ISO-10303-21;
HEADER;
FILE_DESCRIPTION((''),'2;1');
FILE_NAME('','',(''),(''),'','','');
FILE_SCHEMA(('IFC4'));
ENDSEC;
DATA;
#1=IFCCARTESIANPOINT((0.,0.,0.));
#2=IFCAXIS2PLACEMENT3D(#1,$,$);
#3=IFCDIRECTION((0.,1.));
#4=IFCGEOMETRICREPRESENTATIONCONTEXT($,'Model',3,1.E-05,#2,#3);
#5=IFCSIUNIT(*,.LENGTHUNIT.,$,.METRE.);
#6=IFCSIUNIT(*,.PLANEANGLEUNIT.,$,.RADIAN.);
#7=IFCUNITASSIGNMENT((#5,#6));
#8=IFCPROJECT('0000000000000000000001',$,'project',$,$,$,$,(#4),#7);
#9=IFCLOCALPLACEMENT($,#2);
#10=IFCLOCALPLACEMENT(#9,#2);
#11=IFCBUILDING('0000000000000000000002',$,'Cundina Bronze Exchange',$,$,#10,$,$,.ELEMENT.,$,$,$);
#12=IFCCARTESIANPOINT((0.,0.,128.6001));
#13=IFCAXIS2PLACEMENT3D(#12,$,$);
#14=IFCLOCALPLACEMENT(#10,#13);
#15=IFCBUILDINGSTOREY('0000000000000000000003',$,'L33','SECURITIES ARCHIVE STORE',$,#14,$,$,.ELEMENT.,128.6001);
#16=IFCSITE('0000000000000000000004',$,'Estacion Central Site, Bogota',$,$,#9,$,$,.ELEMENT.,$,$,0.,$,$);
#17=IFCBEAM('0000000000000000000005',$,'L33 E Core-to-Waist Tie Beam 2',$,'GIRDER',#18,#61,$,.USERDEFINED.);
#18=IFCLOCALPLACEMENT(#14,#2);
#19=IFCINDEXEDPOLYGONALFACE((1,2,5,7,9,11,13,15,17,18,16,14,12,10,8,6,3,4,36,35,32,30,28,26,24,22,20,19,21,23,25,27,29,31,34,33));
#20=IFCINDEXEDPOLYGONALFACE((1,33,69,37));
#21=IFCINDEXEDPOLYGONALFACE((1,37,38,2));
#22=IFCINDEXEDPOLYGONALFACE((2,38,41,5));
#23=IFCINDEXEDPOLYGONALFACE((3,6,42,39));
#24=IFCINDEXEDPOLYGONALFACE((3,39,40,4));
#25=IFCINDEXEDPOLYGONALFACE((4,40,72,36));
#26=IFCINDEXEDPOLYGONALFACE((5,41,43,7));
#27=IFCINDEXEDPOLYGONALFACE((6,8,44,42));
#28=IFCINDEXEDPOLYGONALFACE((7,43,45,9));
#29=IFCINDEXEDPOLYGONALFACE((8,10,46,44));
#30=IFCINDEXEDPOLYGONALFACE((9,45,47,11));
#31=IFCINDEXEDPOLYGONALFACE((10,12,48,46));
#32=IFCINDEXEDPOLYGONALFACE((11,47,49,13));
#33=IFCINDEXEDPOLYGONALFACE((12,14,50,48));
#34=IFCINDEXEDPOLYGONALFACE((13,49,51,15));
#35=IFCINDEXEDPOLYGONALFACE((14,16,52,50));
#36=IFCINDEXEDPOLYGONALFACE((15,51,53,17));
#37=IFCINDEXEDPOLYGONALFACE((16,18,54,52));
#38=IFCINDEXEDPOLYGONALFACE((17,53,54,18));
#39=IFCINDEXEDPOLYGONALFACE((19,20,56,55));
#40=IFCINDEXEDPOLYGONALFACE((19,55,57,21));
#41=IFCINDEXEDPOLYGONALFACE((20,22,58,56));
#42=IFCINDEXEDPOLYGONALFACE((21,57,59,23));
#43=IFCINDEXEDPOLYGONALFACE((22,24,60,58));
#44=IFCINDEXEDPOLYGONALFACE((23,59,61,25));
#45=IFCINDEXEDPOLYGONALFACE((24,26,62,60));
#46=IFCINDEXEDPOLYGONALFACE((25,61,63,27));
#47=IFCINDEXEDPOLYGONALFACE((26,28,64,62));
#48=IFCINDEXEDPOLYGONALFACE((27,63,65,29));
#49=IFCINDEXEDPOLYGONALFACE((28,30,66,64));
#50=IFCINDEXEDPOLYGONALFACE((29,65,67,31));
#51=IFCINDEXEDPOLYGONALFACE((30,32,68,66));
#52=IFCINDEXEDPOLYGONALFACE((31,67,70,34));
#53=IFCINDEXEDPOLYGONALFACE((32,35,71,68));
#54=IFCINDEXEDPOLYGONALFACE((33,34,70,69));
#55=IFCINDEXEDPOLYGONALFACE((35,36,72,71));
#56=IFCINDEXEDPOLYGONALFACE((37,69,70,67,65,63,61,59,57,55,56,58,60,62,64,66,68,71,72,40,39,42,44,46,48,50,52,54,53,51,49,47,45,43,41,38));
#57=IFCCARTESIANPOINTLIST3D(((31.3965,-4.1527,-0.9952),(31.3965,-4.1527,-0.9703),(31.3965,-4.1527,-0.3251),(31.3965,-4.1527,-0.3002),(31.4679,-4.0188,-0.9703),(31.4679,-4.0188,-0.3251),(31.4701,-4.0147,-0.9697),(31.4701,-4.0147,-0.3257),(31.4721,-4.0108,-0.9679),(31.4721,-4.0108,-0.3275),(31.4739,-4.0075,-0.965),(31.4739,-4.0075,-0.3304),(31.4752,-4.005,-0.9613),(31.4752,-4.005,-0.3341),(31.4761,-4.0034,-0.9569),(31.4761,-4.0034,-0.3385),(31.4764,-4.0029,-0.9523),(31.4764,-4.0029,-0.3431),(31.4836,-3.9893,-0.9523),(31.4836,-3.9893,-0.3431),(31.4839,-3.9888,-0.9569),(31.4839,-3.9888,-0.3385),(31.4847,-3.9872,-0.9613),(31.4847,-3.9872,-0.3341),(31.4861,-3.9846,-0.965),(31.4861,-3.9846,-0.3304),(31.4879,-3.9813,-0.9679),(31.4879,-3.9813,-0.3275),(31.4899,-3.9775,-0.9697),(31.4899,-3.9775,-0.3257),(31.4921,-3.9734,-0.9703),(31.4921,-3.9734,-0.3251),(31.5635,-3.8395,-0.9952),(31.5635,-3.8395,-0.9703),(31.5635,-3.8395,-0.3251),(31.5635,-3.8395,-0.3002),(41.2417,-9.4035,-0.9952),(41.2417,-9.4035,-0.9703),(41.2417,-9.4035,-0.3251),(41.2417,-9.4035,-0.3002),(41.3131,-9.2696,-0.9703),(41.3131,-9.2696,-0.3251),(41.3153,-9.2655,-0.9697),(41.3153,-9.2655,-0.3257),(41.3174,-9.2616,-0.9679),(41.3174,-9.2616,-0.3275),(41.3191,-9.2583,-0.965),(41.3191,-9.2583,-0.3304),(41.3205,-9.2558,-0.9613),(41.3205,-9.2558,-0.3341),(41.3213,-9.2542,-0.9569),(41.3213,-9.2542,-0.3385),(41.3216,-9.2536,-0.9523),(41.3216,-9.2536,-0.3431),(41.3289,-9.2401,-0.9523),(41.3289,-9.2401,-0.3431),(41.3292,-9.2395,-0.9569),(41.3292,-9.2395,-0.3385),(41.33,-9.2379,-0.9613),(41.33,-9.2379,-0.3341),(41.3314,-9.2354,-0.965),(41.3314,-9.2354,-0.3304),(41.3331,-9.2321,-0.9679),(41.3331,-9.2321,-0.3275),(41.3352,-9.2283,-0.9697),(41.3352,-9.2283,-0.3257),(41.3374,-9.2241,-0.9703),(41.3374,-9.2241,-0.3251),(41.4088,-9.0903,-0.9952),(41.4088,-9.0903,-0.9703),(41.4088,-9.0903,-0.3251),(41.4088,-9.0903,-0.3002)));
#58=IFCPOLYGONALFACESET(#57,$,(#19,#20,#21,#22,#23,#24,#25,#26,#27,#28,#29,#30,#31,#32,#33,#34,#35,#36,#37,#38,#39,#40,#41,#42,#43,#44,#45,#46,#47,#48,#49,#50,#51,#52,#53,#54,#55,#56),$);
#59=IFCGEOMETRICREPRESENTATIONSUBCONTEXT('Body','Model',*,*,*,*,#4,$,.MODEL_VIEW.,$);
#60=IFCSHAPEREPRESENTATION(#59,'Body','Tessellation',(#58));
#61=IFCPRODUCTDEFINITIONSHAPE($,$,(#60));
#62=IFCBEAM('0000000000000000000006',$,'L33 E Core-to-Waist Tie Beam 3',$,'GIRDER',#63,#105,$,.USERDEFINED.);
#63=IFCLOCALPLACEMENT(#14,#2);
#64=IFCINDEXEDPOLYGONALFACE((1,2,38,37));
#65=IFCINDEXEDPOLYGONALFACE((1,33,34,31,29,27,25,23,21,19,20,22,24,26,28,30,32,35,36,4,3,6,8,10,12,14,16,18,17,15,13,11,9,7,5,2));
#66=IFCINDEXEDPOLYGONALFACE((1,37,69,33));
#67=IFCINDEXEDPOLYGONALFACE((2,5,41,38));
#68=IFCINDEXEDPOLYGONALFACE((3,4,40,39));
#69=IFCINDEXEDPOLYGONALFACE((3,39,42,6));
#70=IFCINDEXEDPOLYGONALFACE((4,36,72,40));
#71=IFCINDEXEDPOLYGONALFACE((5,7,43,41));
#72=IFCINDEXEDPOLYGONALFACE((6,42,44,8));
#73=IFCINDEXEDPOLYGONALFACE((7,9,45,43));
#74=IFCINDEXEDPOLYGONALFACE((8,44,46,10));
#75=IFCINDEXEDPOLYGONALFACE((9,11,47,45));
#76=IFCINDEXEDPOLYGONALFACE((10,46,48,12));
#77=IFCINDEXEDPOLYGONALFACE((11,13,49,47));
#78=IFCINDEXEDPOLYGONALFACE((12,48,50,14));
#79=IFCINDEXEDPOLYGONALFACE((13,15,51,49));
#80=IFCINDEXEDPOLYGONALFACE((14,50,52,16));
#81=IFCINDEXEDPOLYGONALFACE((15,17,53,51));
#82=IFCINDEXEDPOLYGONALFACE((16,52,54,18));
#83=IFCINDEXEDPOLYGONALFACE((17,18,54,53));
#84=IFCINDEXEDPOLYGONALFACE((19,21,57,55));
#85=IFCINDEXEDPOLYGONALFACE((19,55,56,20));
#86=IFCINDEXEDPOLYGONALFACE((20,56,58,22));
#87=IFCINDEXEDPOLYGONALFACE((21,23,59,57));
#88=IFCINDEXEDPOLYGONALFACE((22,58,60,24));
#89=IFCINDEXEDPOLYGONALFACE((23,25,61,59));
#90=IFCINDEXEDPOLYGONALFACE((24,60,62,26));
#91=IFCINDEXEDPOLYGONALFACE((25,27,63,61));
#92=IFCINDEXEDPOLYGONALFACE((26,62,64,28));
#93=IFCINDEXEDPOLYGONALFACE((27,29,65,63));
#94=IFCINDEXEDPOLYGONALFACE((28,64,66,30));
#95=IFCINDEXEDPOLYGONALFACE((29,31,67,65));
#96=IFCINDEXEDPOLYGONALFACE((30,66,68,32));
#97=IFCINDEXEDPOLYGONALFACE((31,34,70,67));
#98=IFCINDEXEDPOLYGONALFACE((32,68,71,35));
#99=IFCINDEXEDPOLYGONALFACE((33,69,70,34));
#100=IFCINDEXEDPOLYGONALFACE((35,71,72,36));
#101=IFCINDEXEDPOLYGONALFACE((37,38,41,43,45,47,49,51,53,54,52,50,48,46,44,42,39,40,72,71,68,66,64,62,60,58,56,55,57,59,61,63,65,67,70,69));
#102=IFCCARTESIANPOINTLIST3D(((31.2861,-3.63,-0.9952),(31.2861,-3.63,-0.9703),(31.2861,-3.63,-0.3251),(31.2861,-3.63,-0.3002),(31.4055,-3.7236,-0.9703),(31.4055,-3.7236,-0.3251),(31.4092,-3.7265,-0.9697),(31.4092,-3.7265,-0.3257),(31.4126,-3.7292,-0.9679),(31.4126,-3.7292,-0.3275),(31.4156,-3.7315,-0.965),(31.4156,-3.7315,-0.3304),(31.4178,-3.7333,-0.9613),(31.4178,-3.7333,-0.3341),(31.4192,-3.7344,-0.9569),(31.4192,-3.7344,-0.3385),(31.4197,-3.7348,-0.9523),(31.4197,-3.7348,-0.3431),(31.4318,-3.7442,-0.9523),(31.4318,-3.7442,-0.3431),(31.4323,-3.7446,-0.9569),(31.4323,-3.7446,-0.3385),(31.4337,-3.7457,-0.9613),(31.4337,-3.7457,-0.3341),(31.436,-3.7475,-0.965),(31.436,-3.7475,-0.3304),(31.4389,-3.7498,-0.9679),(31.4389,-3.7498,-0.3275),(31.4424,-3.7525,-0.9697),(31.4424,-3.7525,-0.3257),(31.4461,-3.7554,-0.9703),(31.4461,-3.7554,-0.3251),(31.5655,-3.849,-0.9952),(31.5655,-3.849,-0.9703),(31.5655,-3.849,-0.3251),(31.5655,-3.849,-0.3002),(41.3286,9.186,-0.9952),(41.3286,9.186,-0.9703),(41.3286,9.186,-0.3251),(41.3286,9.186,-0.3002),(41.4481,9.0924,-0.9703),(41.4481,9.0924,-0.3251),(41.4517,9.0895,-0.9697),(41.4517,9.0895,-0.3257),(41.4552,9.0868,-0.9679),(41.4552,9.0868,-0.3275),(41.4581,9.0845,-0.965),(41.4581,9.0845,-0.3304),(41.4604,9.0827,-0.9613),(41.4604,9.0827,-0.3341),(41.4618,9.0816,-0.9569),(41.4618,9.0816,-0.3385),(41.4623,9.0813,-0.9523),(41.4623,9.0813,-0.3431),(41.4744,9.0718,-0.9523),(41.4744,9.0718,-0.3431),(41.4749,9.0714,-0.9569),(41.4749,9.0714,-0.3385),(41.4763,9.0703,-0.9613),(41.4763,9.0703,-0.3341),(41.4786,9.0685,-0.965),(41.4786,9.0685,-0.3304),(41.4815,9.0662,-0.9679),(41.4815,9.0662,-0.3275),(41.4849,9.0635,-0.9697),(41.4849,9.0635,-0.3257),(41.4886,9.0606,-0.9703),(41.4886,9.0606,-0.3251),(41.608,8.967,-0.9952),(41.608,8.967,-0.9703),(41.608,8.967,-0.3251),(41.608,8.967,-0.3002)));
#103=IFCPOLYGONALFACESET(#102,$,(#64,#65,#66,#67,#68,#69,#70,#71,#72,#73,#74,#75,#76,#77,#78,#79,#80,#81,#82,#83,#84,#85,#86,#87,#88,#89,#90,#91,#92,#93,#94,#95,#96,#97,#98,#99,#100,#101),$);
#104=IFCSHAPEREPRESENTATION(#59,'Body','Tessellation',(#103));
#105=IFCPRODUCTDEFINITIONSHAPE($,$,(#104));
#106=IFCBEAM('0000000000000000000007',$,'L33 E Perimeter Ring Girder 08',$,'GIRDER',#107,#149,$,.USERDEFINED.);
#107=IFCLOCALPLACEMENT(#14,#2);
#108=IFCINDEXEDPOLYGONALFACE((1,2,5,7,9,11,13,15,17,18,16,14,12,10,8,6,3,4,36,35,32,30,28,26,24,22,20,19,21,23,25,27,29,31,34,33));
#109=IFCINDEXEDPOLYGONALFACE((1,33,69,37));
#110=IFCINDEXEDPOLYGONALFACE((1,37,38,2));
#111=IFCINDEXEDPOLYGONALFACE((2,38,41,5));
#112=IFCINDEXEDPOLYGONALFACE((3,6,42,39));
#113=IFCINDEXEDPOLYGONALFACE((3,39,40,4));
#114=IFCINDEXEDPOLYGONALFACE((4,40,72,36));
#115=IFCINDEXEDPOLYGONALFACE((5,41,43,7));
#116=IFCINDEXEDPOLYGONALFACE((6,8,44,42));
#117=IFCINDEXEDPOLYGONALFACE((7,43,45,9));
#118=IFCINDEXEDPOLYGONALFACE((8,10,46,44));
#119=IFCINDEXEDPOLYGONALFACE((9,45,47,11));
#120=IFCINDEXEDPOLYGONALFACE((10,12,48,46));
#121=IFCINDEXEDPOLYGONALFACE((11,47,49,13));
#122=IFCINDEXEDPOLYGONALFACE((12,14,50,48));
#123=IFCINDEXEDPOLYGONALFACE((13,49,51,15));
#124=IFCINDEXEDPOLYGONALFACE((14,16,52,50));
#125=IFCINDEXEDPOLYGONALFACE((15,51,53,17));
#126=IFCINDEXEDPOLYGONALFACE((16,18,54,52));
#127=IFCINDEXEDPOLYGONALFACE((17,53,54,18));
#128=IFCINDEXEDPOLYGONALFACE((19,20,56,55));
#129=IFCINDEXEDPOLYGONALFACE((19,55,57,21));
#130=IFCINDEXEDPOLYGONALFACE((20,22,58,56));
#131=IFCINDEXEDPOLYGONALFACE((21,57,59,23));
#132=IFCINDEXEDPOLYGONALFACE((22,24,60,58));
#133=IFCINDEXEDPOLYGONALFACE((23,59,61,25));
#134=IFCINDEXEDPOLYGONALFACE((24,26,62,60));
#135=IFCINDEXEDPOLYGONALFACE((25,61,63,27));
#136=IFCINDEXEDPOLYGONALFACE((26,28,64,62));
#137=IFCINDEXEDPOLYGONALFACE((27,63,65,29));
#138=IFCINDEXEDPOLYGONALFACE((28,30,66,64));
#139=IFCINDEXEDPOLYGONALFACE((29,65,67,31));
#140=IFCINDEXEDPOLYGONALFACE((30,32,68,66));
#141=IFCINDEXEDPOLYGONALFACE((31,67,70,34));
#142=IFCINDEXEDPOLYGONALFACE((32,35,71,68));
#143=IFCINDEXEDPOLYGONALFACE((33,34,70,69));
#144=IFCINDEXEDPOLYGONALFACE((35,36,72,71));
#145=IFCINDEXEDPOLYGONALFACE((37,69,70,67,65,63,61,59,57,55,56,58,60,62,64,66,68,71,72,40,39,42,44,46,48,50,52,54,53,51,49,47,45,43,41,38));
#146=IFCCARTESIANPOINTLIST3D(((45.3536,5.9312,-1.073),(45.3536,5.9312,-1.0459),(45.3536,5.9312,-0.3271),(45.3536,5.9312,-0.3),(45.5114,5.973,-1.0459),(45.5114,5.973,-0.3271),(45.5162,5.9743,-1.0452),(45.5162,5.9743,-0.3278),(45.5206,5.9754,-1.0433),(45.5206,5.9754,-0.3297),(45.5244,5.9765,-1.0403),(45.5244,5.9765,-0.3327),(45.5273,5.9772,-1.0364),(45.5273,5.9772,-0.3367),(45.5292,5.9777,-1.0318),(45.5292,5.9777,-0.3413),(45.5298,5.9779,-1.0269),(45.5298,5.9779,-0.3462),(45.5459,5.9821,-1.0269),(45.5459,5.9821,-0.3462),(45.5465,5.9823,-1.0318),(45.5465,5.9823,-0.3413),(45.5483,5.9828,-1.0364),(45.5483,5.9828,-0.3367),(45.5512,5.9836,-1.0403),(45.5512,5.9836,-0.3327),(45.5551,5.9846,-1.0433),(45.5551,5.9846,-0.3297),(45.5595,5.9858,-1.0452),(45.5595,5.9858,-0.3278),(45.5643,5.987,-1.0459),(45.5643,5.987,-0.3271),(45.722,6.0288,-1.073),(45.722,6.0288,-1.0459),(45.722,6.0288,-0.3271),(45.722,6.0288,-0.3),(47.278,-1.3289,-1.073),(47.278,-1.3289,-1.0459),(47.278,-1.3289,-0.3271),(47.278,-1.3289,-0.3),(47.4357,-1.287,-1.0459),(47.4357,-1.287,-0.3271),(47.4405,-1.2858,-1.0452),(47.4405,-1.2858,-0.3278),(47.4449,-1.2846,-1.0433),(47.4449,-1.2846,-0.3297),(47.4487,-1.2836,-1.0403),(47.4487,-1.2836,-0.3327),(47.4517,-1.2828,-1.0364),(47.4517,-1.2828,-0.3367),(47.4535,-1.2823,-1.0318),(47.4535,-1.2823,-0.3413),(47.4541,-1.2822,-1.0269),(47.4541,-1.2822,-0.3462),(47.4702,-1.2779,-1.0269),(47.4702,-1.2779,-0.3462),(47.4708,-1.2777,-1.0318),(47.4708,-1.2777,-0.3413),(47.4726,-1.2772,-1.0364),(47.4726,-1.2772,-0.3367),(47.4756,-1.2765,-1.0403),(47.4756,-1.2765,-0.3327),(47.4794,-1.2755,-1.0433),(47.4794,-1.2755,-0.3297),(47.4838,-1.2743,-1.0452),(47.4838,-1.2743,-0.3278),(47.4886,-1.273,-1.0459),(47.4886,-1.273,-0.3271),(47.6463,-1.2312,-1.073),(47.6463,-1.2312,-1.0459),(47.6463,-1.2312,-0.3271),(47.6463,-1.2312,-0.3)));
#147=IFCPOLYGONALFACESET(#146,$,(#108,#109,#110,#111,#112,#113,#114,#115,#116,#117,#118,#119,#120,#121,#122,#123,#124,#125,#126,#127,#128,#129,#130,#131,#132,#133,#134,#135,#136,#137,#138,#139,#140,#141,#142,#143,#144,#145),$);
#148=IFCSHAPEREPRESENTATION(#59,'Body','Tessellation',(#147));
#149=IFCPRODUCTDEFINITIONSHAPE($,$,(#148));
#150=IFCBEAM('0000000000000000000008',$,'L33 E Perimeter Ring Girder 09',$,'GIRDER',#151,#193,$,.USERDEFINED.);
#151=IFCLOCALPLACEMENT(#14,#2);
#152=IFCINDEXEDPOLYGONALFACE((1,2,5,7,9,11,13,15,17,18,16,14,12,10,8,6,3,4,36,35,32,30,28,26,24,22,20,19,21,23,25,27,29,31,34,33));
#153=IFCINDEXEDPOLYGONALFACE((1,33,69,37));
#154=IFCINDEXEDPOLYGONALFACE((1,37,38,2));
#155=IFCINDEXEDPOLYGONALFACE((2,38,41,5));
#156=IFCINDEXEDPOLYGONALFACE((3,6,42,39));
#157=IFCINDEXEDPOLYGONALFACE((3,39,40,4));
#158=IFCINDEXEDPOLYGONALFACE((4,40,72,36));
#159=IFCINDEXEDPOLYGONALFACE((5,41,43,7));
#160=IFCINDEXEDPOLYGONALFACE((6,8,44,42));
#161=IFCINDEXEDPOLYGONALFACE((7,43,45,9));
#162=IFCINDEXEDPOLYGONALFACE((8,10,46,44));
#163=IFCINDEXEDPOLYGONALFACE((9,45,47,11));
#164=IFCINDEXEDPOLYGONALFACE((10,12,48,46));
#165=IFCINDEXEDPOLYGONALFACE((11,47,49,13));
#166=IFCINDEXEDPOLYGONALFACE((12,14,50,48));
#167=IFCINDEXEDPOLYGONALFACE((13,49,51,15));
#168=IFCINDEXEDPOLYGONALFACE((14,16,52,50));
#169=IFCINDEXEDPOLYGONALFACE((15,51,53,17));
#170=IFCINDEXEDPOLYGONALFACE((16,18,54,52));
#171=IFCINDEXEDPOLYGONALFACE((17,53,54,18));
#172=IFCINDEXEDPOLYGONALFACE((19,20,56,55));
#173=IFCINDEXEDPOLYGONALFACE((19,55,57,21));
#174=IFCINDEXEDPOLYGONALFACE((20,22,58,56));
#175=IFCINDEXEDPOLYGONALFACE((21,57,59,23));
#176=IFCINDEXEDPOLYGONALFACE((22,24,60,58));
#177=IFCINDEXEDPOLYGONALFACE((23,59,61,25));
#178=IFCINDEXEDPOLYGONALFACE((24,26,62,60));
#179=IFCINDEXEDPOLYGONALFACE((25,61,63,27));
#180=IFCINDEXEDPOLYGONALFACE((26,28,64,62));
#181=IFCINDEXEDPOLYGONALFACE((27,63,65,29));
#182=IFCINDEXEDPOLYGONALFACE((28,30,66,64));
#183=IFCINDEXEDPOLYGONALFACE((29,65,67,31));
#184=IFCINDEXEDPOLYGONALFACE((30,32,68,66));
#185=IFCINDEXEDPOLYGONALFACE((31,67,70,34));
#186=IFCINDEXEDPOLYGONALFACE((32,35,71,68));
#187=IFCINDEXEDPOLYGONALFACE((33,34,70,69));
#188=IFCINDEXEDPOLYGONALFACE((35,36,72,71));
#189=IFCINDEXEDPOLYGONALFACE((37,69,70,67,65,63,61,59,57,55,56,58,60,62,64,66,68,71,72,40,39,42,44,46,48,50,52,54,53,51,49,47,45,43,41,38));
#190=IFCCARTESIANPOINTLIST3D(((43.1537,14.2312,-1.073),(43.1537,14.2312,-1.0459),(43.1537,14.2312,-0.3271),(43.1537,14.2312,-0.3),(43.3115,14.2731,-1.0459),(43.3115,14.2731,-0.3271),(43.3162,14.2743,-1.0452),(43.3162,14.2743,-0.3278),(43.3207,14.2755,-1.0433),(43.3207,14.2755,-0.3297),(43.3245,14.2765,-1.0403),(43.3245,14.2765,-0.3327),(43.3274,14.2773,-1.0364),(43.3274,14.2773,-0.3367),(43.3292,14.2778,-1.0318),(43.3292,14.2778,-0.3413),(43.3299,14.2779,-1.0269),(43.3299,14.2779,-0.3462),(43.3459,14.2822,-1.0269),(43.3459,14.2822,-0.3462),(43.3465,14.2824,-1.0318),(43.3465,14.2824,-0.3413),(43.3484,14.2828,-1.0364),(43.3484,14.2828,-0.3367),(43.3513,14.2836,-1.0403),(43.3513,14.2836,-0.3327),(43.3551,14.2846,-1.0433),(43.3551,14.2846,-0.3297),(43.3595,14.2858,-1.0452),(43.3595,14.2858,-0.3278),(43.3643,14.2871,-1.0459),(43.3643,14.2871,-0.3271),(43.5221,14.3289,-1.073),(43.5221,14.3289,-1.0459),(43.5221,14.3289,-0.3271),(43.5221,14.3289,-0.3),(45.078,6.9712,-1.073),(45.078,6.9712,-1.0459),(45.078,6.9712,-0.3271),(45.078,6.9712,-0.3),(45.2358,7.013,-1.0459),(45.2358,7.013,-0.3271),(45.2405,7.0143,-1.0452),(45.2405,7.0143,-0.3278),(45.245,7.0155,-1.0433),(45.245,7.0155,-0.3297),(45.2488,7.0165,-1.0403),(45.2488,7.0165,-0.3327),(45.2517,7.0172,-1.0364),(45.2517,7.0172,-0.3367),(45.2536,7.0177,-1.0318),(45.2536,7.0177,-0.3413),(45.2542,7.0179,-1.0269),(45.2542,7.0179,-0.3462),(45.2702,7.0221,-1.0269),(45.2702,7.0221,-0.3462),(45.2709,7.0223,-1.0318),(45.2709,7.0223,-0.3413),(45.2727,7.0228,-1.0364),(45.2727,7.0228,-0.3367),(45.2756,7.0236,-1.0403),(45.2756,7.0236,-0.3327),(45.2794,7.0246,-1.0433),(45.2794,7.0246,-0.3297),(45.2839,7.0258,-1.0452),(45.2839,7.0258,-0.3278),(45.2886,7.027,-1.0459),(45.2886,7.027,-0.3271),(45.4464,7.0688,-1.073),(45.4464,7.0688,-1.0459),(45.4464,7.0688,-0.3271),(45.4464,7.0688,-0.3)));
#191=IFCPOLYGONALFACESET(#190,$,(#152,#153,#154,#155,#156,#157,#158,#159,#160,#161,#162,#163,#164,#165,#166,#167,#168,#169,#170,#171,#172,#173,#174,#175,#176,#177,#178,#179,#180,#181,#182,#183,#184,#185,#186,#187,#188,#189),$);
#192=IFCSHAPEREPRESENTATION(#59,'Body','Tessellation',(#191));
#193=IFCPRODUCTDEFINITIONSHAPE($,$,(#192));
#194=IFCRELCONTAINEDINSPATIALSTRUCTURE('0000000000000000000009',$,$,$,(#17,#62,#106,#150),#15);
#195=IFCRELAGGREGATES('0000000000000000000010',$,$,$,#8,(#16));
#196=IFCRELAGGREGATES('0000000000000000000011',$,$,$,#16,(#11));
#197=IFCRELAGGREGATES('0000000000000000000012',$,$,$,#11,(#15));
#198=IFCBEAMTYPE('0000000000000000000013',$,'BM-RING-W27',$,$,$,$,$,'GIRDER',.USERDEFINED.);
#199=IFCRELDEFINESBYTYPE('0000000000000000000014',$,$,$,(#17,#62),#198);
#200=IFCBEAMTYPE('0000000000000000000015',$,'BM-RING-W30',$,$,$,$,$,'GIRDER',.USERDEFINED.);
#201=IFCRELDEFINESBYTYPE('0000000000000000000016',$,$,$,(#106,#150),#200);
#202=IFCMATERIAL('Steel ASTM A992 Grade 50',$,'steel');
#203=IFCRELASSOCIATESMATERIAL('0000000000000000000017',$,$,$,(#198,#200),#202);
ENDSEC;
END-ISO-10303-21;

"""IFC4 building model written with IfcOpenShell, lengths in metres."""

from ifc_helpers import new_model, si_unit, direction, frame, origin, origin_2d, place, context, subcontext, project, spatial, i_section, extrude, material, material_profile, profile_set, type_object, element, save


model = new_model("IFC4")

# Units and contexts
model_context = context("Model", 3, precision=1e-05, world=origin(), true_north=direction((0.0, 1.0)))
body_context = subcontext(model_context, "Body", "Model", "MODEL_VIEW")
ifc_project = project(units=[si_unit("LENGTHUNIT", "METRE"), si_unit("PLANEANGLEUNIT", "RADIAN")], contexts=[model_context])

# Site, building, storey
site_placement = place(None, origin())
site = spatial("IfcSite", under=ifc_project, at=site_placement, Name="Estacion Central Site, Bogota", CompositionType="ELEMENT", RefElevation=0.0)
building_placement = place(site_placement, origin())
building = spatial("IfcBuilding", under=site, at=building_placement, Name="Cundina Bronze Exchange", CompositionType="ELEMENT")
storey_placement = place(building_placement, frame((0.0, 0.0, 128.6001)))
storey = spatial("IfcBuildingStorey", under=building, at=storey_placement, Name="L33", Description="SECURITIES ARCHIVE STORE", CompositionType="ELEMENT", Elevation=128.6001)

# Shared definitions
ifc_material_1 = material(Name="Steel ASTM A992 Grade 50", Category="steel")

# Beams
ifc_material_profile_1 = material_profile(ifc_material_1, i_section(OverallWidth=0.355, OverallDepth=0.6951, WebThickness=0.0154, FlangeThickness=0.0249, FilletRadius=0.0181, at=origin_2d()), Name="W27X146", Category="steel")
ifc_profile_set_1 = profile_set([ifc_material_profile_1], Name="Steel ASTM A992 Grade 50")
beam_type_1 = type_object("IfcBeamType", Name="BM-RING-W27", ElementType="GIRDER", PredefinedType="USERDEFINED", material=ifc_profile_set_1)
beam_1_placement = place(storey_placement, frame((31.48, -3.9961, -0.6477), z_axis=(0.882355, -0.470585, 0.0), x_axis=(0.470585, 0.882355, 0.0)))
element("IfcBeam", 1, at=beam_1_placement, inside=storey, type_object=beam_type_1, Name="L33 E Core-to-Waist Tie Beam 2", ObjectType="GIRDER", PredefinedType="USERDEFINED", context=body_context, shape_type="SweptSolid", body=[
    extrude(i_section(OverallWidth=0.355, OverallDepth=0.6951, WebThickness=0.0154, FlangeThickness=0.0249, FilletRadius=0.0181, at=origin_2d()), origin(), (0.0, 0.0, 1.0), 11.158),
])
beam_2_placement = place(storey_placement, frame((31.4258, -3.7395, -0.6477), z_axis=(0.616789, 0.787128, 0.0), x_axis=(-0.787128, 0.616789, 0.0)))
element("IfcBeam", 2, at=beam_2_placement, inside=storey, type_object=beam_type_1, Name="L33 E Core-to-Waist Tie Beam 3", ObjectType="GIRDER", PredefinedType="USERDEFINED", context=body_context, shape_type="SweptSolid", body=[
    extrude(i_section(OverallWidth=0.355, OverallDepth=0.6951, WebThickness=0.0154, FlangeThickness=0.0249, FilletRadius=0.0181, at=origin_2d()), origin(), (0.0, 0.0, 1.0), 16.282),
])
ifc_material_profile_2 = material_profile(ifc_material_1, i_section(OverallWidth=0.3811, OverallDepth=0.7729, WebThickness=0.0166, FlangeThickness=0.0271, FilletRadius=0.019, at=origin_2d()), Name="W30X173", Category="steel")
ifc_profile_set_2 = profile_set([ifc_material_profile_2], Name="Steel ASTM A992 Grade 50")
beam_type_2 = type_object("IfcBeamType", Name="BM-RING-W30", ElementType="GIRDER", PredefinedType="USERDEFINED", material=ifc_profile_set_2)
for number, where, z_axis, x_axis, name in (
    (3, (47.4622, -1.28, -0.6865), (-0.25621, 0.966621, 0.0), (-0.966621, -0.25621, 0.0), "L33 E Perimeter Ring Girder 08"),
    (4, (45.2622, 7.02, -0.6865), (-0.25621, 0.966621, 0.0), (-0.966621, -0.25621, 0.0), "L33 E Perimeter Ring Girder 09"),
):
    element("IfcBeam", number, at=place(storey_placement, frame(where, z_axis=z_axis, x_axis=x_axis)), inside=storey, type_object=beam_type_2, Name=name, ObjectType="GIRDER", PredefinedType="USERDEFINED", context=body_context, shape_type="SweptSolid", body=[
        extrude(i_section(OverallWidth=0.3811, OverallDepth=0.7729, WebThickness=0.0166, FlangeThickness=0.0271, FilletRadius=0.019, at=origin_2d()), origin(), (0.0, 0.0, 1.0), 7.5107),
    ])

save(model, "model.ifc")
